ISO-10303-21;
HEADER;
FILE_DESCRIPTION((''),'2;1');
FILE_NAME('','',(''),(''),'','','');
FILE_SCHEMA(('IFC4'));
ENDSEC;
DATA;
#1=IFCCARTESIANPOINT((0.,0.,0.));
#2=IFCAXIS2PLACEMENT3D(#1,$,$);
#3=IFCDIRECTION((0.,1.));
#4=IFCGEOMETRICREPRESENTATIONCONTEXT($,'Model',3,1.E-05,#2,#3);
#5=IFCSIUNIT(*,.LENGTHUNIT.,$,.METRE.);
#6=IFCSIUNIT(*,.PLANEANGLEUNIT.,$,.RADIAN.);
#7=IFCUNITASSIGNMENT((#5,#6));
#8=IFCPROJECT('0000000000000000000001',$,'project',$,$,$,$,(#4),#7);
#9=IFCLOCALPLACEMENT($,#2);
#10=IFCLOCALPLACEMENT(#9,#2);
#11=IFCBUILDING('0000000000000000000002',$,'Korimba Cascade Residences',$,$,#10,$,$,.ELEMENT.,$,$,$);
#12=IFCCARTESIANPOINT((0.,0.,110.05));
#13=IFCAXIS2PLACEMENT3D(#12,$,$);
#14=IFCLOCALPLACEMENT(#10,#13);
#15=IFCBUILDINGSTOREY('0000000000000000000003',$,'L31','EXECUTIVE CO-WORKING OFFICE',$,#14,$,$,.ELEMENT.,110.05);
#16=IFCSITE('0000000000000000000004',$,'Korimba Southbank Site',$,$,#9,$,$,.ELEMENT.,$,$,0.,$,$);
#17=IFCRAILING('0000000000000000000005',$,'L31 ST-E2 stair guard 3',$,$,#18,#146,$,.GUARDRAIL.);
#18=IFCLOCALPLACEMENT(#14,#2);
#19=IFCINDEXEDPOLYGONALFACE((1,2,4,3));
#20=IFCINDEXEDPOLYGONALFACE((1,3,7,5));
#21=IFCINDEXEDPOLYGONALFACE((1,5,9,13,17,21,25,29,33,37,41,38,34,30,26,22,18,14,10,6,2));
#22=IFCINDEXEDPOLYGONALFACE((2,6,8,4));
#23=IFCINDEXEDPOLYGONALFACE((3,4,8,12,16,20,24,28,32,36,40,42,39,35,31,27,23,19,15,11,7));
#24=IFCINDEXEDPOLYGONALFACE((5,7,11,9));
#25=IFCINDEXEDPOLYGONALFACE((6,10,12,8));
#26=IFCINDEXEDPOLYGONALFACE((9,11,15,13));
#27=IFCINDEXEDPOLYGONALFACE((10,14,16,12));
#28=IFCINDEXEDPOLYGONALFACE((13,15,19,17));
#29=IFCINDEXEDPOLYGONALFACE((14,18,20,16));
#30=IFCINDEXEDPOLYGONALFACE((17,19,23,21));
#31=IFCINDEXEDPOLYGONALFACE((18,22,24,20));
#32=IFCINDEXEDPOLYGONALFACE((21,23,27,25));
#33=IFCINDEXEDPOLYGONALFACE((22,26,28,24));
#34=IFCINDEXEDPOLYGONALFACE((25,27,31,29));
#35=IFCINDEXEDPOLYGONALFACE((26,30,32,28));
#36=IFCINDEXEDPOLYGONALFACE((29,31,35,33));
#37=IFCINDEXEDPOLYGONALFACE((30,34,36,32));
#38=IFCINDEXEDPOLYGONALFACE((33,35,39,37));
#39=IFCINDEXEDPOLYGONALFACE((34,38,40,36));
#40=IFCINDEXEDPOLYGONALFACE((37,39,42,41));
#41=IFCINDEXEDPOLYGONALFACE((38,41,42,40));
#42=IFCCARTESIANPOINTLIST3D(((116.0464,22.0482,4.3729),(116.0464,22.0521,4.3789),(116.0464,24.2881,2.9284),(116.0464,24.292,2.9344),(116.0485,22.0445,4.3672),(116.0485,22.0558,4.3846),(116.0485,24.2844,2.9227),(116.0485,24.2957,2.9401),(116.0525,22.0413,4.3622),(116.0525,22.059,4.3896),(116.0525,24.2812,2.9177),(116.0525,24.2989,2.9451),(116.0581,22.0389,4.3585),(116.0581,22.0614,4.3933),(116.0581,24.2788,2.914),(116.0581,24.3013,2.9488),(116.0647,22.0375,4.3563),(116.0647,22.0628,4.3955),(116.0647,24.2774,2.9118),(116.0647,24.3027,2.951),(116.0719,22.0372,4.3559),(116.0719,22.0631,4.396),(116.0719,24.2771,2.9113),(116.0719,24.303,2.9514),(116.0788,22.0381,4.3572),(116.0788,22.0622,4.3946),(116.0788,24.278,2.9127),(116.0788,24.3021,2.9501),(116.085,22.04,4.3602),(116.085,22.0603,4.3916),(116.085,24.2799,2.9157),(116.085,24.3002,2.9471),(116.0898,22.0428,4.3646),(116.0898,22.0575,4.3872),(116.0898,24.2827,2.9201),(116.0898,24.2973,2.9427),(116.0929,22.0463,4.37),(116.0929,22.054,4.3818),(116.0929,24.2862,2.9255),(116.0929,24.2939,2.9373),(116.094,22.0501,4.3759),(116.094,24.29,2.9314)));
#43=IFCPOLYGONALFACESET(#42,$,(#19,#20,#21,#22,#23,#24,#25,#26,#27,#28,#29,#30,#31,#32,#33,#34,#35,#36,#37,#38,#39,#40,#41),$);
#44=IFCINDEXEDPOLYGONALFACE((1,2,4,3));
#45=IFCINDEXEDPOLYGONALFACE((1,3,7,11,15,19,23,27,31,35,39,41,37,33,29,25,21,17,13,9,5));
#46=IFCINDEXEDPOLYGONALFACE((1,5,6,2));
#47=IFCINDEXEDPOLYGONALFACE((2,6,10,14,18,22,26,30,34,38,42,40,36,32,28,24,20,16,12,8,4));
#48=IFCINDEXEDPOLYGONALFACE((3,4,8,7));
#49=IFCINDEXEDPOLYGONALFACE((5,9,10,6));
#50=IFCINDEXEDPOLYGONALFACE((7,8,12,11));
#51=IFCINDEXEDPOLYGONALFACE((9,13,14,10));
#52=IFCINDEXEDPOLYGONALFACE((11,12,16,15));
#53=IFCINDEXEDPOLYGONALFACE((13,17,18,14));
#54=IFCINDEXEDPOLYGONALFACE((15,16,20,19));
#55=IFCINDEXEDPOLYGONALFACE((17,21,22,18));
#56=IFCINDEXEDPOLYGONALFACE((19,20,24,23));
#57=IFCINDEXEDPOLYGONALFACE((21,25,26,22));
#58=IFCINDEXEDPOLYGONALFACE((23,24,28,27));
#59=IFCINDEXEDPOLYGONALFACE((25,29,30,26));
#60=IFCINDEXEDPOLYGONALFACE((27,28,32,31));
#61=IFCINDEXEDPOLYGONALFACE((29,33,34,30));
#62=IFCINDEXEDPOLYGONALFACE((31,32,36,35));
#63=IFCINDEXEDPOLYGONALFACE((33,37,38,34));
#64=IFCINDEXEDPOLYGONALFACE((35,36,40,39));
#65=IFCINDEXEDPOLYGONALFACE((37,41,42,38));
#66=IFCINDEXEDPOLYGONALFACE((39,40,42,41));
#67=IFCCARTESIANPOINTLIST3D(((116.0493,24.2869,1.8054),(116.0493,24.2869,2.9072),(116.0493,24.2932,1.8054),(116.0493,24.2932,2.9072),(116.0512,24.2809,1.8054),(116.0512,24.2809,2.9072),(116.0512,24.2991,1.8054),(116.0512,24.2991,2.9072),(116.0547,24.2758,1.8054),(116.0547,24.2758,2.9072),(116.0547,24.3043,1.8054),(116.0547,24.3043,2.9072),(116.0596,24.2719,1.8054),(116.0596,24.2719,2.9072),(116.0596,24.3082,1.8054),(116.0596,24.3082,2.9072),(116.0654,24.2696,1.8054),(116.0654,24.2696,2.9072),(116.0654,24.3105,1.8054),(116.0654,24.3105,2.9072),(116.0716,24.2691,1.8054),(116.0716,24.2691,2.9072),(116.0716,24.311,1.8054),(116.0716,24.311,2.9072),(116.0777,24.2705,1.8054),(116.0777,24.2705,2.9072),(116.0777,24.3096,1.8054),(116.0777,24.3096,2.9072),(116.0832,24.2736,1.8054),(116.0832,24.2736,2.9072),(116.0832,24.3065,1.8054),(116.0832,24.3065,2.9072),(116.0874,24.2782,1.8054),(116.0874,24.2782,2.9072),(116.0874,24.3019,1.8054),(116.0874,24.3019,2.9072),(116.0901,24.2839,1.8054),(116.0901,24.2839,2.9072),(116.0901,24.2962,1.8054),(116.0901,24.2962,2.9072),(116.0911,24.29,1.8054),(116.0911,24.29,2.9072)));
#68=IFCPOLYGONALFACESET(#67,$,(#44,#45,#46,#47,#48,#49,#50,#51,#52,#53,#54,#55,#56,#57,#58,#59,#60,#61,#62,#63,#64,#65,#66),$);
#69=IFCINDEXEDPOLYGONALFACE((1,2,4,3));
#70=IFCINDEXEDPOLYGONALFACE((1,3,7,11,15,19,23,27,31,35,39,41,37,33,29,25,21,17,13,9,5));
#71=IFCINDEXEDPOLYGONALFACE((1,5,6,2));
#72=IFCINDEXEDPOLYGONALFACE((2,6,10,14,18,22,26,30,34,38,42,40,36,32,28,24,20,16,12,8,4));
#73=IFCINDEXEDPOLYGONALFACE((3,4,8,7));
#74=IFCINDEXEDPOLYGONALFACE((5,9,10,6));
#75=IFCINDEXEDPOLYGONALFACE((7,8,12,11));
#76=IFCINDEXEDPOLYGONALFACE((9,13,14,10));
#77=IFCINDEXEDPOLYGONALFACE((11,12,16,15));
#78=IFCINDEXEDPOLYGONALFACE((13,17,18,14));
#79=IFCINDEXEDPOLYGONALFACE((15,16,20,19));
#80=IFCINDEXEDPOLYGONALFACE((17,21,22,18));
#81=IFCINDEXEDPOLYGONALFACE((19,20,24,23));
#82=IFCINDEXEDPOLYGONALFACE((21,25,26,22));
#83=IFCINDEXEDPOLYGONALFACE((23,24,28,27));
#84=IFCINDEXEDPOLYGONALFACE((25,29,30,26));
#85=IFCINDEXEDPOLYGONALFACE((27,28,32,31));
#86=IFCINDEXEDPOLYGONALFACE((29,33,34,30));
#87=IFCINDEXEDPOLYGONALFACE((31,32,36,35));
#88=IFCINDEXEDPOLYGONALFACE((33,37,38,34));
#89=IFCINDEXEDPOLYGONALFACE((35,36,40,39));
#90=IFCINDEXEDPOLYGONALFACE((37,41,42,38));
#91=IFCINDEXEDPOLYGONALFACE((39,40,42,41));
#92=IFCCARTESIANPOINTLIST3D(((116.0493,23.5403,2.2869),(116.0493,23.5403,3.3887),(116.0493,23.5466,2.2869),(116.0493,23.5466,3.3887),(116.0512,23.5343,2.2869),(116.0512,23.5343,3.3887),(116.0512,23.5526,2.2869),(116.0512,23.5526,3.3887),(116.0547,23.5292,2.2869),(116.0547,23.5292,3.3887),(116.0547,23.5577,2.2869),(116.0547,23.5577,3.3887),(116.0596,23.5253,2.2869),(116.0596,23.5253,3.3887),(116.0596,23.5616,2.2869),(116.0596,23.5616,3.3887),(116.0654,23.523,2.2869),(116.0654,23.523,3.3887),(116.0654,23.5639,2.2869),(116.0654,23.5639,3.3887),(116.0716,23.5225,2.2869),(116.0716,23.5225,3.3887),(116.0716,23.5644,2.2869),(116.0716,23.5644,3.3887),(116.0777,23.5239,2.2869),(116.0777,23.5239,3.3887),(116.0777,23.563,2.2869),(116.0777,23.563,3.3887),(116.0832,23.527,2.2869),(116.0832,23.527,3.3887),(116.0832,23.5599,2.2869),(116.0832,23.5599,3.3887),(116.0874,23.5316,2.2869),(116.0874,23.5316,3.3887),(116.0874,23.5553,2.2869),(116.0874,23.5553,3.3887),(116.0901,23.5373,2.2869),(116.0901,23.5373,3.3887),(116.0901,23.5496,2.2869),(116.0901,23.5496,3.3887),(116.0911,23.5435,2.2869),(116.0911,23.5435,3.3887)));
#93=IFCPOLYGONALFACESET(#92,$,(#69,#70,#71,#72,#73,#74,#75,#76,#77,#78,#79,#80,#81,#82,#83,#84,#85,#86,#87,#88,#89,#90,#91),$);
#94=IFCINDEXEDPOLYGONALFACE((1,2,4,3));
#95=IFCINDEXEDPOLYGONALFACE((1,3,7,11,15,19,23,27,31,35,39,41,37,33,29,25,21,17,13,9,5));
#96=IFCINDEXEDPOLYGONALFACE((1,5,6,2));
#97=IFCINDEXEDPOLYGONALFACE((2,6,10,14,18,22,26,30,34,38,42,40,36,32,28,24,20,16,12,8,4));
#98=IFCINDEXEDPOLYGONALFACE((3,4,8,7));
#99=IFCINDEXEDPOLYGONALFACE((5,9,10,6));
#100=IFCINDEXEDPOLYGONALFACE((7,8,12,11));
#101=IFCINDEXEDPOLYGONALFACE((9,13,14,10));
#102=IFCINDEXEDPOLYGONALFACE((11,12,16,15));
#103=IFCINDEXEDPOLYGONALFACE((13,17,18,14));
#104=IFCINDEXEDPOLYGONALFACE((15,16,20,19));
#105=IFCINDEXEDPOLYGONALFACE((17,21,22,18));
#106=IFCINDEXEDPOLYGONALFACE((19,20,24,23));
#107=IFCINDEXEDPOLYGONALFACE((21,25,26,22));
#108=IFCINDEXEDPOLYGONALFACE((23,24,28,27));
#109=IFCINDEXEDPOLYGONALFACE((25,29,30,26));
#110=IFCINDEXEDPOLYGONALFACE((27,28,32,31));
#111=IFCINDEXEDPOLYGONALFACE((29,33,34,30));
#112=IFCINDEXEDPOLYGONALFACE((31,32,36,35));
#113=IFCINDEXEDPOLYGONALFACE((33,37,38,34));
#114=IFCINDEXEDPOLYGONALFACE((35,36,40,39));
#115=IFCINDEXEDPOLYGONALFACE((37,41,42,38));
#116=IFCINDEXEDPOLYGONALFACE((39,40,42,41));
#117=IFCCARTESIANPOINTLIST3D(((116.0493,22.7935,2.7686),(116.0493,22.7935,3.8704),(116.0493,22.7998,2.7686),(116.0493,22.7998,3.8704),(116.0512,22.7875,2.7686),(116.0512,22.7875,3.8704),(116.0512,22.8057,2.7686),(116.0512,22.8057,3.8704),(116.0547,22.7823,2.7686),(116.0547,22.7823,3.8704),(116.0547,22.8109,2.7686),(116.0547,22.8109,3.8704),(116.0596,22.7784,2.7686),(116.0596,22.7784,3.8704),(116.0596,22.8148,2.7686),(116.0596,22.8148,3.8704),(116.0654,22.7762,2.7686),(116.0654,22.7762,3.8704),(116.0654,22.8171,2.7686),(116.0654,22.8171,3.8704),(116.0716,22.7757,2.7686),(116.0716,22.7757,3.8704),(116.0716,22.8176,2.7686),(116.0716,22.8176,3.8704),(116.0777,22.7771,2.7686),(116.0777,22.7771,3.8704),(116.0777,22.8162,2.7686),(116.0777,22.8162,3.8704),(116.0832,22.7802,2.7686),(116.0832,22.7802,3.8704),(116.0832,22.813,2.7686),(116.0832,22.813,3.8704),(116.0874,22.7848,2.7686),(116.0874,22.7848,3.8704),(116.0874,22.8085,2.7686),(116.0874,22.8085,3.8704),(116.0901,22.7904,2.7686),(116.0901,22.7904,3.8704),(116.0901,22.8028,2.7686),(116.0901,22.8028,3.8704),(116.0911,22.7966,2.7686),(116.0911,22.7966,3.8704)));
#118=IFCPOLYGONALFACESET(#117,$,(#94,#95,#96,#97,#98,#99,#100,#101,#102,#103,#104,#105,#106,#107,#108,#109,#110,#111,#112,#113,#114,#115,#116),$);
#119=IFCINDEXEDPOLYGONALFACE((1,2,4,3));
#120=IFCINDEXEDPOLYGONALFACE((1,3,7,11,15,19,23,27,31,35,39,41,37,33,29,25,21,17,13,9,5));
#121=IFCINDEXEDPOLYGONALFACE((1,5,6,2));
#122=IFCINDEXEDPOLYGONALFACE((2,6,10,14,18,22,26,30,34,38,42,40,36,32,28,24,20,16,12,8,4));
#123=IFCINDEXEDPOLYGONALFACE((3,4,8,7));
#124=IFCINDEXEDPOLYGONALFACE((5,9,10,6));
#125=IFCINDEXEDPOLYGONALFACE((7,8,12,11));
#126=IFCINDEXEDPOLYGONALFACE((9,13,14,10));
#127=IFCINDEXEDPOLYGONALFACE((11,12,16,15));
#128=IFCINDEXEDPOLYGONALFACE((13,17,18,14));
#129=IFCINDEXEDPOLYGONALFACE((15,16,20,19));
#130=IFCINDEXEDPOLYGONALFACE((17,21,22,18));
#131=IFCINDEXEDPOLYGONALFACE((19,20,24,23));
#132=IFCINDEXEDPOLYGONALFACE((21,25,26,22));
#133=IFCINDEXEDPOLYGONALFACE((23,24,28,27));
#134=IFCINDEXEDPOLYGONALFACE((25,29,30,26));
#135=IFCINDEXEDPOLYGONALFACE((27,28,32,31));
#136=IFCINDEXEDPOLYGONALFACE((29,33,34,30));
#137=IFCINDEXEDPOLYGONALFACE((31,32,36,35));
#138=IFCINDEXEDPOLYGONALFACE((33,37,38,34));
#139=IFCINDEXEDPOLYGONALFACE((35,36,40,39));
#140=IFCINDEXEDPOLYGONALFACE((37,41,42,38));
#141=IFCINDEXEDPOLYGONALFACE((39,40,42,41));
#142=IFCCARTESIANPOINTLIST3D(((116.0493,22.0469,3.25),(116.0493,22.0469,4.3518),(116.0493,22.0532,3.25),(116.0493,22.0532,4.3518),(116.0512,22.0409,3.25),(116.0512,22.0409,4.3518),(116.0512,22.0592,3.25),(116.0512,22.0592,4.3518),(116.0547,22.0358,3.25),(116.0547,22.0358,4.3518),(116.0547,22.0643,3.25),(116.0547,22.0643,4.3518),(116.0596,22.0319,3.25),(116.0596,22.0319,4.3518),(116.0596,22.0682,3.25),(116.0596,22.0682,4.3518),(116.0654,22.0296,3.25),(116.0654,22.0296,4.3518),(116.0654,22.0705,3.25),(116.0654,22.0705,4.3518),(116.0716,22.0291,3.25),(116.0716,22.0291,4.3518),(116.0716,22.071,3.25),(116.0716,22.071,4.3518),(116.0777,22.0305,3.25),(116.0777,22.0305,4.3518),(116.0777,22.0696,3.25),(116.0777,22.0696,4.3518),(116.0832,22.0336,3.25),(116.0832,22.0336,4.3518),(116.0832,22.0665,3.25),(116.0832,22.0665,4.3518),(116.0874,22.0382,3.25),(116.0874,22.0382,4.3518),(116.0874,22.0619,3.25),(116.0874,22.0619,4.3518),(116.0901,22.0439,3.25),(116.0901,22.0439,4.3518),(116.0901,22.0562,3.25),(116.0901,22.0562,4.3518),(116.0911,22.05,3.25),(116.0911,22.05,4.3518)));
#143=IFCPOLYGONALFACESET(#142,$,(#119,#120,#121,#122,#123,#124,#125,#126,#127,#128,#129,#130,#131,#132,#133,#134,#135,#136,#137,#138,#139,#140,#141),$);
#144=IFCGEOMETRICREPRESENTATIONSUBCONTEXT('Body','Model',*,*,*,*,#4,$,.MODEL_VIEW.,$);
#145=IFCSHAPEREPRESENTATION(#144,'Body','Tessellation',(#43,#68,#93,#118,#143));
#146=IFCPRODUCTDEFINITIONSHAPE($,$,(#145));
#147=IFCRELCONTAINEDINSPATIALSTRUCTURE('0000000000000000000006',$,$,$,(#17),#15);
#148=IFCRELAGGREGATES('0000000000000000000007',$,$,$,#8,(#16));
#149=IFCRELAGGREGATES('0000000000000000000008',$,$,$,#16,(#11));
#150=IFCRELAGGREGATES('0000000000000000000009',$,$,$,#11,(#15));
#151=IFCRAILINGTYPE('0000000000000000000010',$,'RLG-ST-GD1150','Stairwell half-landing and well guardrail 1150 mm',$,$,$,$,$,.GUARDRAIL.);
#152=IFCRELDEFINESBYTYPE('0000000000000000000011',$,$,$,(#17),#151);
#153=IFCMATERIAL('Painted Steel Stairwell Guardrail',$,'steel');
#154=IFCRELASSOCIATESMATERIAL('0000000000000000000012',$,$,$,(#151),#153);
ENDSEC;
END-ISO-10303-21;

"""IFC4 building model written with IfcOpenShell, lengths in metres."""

from ifc_helpers import new_model, si_unit, direction, frame, origin, origin_2d, place, context, subcontext, project, spatial, circle, extrude, material, type_object, element, save


model = new_model("IFC4")

# Units and contexts
model_context = context("Model", 3, precision=1e-05, world=origin(), true_north=direction((0.0, 1.0)))
body_context = subcontext(model_context, "Body", "Model", "MODEL_VIEW")
ifc_project = project(units=[si_unit("LENGTHUNIT", "METRE"), si_unit("PLANEANGLEUNIT", "RADIAN")], contexts=[model_context])

# Site, building, storey
site_placement = place(None, origin())
site = spatial("IfcSite", under=ifc_project, at=site_placement, Name="Korimba Southbank Site", CompositionType="ELEMENT", RefElevation=0.0)
building_placement = place(site_placement, origin())
building = spatial("IfcBuilding", under=site, at=building_placement, Name="Korimba Cascade Residences", CompositionType="ELEMENT")
storey_placement = place(building_placement, frame((0.0, 0.0, 110.05)))
storey = spatial("IfcBuildingStorey", under=building, at=storey_placement, Name="L31", Description="EXECUTIVE CO-WORKING OFFICE", CompositionType="ELEMENT", Elevation=110.05)

# Railing
ifc_material_1 = material(Name="Painted Steel Stairwell Guardrail", Category="steel")
railing_type_1 = type_object("IfcRailingType", Name="RLG-ST-GD1150", Description="Stairwell half-landing and well guardrail 1150 mm", PredefinedType="GUARDRAIL", material=ifc_material_1)
railing_1_placement = place(storey_placement, frame((116.0701, 24.29, 1.8054)))
element("IfcRailing", 1, at=railing_1_placement, inside=storey, type_object=railing_type_1, Name="L31 ST-E2 stair guard 3", PredefinedType="GUARDRAIL", context=body_context, shape_type="SweptSolid", body=[
    extrude(circle(Radius=0.0239, at=origin_2d()), frame((0.0, 0.0, 1.126), z_axis=(0.0, -0.840395, 0.541975), x_axis=(1.0, 0.0, 0.0)), (0.0, 0.0, 1.0), 2.6653),
    extrude(circle(Radius=0.021, at=origin_2d()), origin(), (0.0, 0.0, 1.0), 1.1018),
    extrude(circle(Radius=0.021, at=origin_2d()), frame((0.0, -0.7466, 0.4814)), (0.0, 0.0, 1.0), 1.1018),
    extrude(circle(Radius=0.021, at=origin_2d()), frame((0.0, -1.4934, 0.9631)), (0.0, 0.0, 1.0), 1.1018),
    extrude(circle(Radius=0.021, at=origin_2d()), frame((0.0, -2.24, 1.4446)), (0.0, 0.0, 1.0), 1.1018),
])

save(model, "model.ifc")
